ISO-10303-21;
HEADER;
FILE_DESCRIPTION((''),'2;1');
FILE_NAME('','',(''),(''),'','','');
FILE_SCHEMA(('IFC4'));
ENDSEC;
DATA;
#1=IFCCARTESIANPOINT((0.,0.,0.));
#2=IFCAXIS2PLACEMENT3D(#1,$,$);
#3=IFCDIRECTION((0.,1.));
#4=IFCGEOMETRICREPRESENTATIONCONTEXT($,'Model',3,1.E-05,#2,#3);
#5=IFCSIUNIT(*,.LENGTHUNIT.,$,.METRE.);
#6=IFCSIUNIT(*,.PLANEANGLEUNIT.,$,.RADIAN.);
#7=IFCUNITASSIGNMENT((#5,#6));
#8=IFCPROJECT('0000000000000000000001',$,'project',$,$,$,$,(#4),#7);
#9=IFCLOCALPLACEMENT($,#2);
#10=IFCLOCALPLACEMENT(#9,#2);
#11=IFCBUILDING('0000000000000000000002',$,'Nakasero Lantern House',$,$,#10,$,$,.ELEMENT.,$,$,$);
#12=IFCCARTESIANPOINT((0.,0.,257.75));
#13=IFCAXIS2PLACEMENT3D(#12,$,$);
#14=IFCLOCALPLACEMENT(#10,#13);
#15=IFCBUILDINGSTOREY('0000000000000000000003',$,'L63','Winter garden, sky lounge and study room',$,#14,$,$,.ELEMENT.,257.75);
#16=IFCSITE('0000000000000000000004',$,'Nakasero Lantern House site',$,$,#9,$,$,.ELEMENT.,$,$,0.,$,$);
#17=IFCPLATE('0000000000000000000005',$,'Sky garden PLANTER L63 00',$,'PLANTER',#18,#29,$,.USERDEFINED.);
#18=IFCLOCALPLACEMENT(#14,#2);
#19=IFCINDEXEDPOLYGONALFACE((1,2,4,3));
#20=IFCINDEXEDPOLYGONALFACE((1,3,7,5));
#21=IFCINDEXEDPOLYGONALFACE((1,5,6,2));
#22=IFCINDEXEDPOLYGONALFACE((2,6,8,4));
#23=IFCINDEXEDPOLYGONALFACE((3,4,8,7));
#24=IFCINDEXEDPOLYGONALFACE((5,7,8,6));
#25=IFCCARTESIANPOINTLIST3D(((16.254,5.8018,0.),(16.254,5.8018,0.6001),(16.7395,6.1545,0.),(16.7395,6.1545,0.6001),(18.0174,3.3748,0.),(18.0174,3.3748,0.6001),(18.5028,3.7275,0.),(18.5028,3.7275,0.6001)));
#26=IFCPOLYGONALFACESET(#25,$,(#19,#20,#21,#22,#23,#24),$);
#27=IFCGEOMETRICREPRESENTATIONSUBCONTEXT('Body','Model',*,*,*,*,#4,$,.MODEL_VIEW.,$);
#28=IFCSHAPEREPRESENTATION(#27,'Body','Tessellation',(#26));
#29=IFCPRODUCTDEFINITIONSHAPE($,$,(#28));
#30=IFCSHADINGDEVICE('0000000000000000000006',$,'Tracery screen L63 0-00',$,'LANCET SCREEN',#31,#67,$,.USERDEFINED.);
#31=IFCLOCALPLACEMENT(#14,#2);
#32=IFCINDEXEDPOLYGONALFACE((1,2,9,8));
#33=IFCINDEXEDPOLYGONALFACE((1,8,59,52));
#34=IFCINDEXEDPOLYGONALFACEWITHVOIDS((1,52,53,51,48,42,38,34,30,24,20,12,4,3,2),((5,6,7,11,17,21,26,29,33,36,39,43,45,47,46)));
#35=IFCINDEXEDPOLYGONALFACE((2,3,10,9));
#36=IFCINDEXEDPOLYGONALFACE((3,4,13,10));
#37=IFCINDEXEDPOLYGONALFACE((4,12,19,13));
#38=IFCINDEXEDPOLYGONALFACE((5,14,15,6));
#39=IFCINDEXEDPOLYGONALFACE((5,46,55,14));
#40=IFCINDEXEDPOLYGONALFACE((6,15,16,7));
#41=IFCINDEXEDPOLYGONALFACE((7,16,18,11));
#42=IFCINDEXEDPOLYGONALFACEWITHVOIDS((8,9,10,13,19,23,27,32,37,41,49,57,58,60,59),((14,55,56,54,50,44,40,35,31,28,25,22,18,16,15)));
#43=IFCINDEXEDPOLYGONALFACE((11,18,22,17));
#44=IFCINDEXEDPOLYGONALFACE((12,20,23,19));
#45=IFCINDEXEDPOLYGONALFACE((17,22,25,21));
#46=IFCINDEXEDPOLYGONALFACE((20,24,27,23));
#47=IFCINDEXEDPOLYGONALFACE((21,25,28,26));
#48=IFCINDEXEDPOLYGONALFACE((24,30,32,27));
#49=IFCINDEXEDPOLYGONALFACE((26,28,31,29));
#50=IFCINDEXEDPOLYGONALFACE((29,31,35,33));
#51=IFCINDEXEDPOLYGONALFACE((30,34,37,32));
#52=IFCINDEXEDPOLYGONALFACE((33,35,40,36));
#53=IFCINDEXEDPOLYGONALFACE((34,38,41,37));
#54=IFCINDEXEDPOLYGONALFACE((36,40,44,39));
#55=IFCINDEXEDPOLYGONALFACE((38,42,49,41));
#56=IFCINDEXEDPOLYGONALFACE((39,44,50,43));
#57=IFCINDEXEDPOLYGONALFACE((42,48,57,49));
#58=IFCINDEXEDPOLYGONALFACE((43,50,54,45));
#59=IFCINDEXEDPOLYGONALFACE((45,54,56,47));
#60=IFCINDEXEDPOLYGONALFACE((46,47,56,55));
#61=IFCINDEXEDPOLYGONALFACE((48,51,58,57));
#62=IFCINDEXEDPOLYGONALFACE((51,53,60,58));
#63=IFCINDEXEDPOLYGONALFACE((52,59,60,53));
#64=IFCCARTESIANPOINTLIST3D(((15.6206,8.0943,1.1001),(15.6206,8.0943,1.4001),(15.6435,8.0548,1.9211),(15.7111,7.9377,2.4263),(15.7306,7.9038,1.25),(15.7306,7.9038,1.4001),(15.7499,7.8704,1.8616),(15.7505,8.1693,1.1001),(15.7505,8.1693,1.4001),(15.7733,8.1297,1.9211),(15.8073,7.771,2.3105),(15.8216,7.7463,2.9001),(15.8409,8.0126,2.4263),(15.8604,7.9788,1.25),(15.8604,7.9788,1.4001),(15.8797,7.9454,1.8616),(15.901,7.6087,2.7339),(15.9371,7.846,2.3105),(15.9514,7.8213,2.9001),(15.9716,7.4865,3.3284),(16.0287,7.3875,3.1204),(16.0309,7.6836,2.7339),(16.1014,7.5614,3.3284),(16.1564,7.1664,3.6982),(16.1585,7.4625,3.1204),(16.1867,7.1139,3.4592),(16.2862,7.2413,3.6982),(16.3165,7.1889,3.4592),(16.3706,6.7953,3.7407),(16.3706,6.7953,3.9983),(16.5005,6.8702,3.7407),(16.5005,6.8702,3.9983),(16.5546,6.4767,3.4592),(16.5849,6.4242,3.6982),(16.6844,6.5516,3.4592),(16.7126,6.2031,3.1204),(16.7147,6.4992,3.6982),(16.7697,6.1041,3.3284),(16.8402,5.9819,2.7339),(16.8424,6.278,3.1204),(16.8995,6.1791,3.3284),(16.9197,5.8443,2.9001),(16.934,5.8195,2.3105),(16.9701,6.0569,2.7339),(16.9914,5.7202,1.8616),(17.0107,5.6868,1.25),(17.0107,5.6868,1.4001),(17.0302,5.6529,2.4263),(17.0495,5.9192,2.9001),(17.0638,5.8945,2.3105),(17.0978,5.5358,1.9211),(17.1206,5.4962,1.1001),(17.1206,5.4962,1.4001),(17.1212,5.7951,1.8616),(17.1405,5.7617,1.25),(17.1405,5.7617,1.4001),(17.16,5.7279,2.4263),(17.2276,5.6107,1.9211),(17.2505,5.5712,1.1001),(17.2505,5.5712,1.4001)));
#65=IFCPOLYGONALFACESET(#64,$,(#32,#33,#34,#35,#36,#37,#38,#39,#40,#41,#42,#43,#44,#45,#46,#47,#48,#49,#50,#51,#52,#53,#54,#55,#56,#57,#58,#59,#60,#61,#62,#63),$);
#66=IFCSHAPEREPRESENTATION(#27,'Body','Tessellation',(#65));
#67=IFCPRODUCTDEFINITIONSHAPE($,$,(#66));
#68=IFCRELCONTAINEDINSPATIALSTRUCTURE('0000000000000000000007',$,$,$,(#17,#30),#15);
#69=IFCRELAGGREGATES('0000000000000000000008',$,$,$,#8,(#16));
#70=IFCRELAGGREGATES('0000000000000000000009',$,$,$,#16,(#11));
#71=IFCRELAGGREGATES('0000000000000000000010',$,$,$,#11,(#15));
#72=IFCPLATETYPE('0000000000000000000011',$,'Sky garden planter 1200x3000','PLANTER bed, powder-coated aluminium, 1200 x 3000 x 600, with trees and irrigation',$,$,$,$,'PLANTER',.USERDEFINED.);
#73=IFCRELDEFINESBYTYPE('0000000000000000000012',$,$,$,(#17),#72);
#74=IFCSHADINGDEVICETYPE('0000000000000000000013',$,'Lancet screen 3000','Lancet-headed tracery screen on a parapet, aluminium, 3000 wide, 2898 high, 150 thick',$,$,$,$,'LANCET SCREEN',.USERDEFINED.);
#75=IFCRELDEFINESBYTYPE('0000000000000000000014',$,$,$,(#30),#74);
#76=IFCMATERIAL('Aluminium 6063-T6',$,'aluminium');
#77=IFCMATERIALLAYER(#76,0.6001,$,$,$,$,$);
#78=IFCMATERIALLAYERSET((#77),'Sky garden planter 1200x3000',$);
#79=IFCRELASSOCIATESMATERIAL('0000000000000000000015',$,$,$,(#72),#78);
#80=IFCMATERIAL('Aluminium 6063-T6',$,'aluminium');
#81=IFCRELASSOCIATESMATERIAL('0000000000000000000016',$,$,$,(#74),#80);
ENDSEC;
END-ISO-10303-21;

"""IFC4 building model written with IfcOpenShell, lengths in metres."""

from ifc_helpers import new_model, si_unit, direction, frame, origin, origin_2d, place, context, subcontext, project, spatial, polyline, rectangle, outline, extrude, material, layer, layer_set, type_object, element, save


model = new_model("IFC4")

# Units and contexts
model_context = context("Model", 3, precision=1e-05, world=origin(), true_north=direction((0.0, 1.0)))
body_context = subcontext(model_context, "Body", "Model", "MODEL_VIEW")
ifc_project = project(units=[si_unit("LENGTHUNIT", "METRE"), si_unit("PLANEANGLEUNIT", "RADIAN")], contexts=[model_context])

# Site, building, storey
site_placement = place(None, origin())
site = spatial("IfcSite", under=ifc_project, at=site_placement, Name="Nakasero Lantern House site", CompositionType="ELEMENT", RefElevation=0.0)
building_placement = place(site_placement, origin())
building = spatial("IfcBuilding", under=site, at=building_placement, Name="Nakasero Lantern House", CompositionType="ELEMENT")
storey_placement = place(building_placement, frame((0.0, 0.0, 257.75)))
storey = spatial("IfcBuildingStorey", under=building, at=storey_placement, Name="L63", Description="Winter garden, sky lounge and study room", CompositionType="ELEMENT", Elevation=257.75)

# Plate
ifc_material_1 = material(Name="Aluminium 6063-T6", Category="aluminium")
ifc_layer_1 = layer(ifc_material_1, 0.6001)
ifc_layer_set_1 = layer_set([ifc_layer_1], Name="Sky garden planter 1200x3000")
plate_type_1 = type_object("IfcPlateType", Name="Sky garden planter 1200x3000", Description="PLANTER bed, powder-coated aluminium, 1200 x 3000 x 600, with trees and irrigation", ElementType="PLANTER", PredefinedType="USERDEFINED", material=ifc_layer_set_1)
plate_1_placement = place(storey_placement, frame((17.3784, 4.7646, 0.0), z_axis=(0.0, 0.0, 1.0), x_axis=(0.809017, 0.587785, 0.0)))
element("IfcPlate", 1, at=plate_1_placement, inside=storey, type_object=plate_type_1, Name="Sky garden PLANTER L63 00", ObjectType="PLANTER", PredefinedType="USERDEFINED", context=body_context, shape_type="SweptSolid", body=[
    extrude(rectangle(XDim=0.6001, YDim=3.0, at=origin_2d()), origin(), (0.0, 0.0, 1.0), 0.6001),
])

# Shading device
ifc_material_2 = material(Name="Aluminium 6063-T6", Category="aluminium")
shading_device_type = type_object("IfcShadingDeviceType", Name="Lancet screen 3000", Description="Lancet-headed tracery screen on a parapet, aluminium, 3000 wide, 2898 high, 150 thick", ElementType="LANCET SCREEN", PredefinedType="USERDEFINED", material=ifc_material_2)
shading_device_placement = place(storey_placement, frame((16.4355, 6.8328, 1.1001), z_axis=(0.0, 0.0, 1.0), x_axis=(-0.5, 0.866025, 0.0)))
element("IfcShadingDevice", 2, at=shading_device_placement, inside=storey, type_object=shading_device_type, Name="Tracery screen L63 0-00", ObjectType="LANCET SCREEN", PredefinedType="USERDEFINED", context=body_context, shape_type="SweptSolid", body=[
    extrude(outline(polyline([(-1.5, 0.0), (1.5, 0.0), (1.5, 0.3), (1.4543, 0.821), (1.3191, 1.3262), (1.0981, 1.8), (0.7981, 2.2283), (0.4285, 2.5981), (0.0, 2.8982), (-0.4285, 2.5981), (-0.7981, 2.2283), (-1.0981, 1.8), (-1.3191, 1.3262), (-1.4543, 0.821), (-1.5, 0.3), (-1.5, 0.0)]), holes=[polyline([(-1.28, 0.1499), (1.28, 0.1499), (1.28, 0.3), (1.2415, 0.7615), (1.1267, 1.2104), (0.9392, 1.6338), (0.6838, 2.0203), (0.3679, 2.3591), (0.0, 2.6406), (-0.3679, 2.3591), (-0.6838, 2.0203), (-0.9392, 1.6338), (-1.1267, 1.2104), (-1.2415, 0.7615), (-1.28, 0.3), (-1.28, 0.1499)])]), frame((0.0, 0.075, 0.0), z_axis=(0.0, -1.0, 0.0), x_axis=(1.0, 0.0, 0.0)), (0.0, 0.0, 1.0), 0.1499),
])

save(model, "model.ifc")
